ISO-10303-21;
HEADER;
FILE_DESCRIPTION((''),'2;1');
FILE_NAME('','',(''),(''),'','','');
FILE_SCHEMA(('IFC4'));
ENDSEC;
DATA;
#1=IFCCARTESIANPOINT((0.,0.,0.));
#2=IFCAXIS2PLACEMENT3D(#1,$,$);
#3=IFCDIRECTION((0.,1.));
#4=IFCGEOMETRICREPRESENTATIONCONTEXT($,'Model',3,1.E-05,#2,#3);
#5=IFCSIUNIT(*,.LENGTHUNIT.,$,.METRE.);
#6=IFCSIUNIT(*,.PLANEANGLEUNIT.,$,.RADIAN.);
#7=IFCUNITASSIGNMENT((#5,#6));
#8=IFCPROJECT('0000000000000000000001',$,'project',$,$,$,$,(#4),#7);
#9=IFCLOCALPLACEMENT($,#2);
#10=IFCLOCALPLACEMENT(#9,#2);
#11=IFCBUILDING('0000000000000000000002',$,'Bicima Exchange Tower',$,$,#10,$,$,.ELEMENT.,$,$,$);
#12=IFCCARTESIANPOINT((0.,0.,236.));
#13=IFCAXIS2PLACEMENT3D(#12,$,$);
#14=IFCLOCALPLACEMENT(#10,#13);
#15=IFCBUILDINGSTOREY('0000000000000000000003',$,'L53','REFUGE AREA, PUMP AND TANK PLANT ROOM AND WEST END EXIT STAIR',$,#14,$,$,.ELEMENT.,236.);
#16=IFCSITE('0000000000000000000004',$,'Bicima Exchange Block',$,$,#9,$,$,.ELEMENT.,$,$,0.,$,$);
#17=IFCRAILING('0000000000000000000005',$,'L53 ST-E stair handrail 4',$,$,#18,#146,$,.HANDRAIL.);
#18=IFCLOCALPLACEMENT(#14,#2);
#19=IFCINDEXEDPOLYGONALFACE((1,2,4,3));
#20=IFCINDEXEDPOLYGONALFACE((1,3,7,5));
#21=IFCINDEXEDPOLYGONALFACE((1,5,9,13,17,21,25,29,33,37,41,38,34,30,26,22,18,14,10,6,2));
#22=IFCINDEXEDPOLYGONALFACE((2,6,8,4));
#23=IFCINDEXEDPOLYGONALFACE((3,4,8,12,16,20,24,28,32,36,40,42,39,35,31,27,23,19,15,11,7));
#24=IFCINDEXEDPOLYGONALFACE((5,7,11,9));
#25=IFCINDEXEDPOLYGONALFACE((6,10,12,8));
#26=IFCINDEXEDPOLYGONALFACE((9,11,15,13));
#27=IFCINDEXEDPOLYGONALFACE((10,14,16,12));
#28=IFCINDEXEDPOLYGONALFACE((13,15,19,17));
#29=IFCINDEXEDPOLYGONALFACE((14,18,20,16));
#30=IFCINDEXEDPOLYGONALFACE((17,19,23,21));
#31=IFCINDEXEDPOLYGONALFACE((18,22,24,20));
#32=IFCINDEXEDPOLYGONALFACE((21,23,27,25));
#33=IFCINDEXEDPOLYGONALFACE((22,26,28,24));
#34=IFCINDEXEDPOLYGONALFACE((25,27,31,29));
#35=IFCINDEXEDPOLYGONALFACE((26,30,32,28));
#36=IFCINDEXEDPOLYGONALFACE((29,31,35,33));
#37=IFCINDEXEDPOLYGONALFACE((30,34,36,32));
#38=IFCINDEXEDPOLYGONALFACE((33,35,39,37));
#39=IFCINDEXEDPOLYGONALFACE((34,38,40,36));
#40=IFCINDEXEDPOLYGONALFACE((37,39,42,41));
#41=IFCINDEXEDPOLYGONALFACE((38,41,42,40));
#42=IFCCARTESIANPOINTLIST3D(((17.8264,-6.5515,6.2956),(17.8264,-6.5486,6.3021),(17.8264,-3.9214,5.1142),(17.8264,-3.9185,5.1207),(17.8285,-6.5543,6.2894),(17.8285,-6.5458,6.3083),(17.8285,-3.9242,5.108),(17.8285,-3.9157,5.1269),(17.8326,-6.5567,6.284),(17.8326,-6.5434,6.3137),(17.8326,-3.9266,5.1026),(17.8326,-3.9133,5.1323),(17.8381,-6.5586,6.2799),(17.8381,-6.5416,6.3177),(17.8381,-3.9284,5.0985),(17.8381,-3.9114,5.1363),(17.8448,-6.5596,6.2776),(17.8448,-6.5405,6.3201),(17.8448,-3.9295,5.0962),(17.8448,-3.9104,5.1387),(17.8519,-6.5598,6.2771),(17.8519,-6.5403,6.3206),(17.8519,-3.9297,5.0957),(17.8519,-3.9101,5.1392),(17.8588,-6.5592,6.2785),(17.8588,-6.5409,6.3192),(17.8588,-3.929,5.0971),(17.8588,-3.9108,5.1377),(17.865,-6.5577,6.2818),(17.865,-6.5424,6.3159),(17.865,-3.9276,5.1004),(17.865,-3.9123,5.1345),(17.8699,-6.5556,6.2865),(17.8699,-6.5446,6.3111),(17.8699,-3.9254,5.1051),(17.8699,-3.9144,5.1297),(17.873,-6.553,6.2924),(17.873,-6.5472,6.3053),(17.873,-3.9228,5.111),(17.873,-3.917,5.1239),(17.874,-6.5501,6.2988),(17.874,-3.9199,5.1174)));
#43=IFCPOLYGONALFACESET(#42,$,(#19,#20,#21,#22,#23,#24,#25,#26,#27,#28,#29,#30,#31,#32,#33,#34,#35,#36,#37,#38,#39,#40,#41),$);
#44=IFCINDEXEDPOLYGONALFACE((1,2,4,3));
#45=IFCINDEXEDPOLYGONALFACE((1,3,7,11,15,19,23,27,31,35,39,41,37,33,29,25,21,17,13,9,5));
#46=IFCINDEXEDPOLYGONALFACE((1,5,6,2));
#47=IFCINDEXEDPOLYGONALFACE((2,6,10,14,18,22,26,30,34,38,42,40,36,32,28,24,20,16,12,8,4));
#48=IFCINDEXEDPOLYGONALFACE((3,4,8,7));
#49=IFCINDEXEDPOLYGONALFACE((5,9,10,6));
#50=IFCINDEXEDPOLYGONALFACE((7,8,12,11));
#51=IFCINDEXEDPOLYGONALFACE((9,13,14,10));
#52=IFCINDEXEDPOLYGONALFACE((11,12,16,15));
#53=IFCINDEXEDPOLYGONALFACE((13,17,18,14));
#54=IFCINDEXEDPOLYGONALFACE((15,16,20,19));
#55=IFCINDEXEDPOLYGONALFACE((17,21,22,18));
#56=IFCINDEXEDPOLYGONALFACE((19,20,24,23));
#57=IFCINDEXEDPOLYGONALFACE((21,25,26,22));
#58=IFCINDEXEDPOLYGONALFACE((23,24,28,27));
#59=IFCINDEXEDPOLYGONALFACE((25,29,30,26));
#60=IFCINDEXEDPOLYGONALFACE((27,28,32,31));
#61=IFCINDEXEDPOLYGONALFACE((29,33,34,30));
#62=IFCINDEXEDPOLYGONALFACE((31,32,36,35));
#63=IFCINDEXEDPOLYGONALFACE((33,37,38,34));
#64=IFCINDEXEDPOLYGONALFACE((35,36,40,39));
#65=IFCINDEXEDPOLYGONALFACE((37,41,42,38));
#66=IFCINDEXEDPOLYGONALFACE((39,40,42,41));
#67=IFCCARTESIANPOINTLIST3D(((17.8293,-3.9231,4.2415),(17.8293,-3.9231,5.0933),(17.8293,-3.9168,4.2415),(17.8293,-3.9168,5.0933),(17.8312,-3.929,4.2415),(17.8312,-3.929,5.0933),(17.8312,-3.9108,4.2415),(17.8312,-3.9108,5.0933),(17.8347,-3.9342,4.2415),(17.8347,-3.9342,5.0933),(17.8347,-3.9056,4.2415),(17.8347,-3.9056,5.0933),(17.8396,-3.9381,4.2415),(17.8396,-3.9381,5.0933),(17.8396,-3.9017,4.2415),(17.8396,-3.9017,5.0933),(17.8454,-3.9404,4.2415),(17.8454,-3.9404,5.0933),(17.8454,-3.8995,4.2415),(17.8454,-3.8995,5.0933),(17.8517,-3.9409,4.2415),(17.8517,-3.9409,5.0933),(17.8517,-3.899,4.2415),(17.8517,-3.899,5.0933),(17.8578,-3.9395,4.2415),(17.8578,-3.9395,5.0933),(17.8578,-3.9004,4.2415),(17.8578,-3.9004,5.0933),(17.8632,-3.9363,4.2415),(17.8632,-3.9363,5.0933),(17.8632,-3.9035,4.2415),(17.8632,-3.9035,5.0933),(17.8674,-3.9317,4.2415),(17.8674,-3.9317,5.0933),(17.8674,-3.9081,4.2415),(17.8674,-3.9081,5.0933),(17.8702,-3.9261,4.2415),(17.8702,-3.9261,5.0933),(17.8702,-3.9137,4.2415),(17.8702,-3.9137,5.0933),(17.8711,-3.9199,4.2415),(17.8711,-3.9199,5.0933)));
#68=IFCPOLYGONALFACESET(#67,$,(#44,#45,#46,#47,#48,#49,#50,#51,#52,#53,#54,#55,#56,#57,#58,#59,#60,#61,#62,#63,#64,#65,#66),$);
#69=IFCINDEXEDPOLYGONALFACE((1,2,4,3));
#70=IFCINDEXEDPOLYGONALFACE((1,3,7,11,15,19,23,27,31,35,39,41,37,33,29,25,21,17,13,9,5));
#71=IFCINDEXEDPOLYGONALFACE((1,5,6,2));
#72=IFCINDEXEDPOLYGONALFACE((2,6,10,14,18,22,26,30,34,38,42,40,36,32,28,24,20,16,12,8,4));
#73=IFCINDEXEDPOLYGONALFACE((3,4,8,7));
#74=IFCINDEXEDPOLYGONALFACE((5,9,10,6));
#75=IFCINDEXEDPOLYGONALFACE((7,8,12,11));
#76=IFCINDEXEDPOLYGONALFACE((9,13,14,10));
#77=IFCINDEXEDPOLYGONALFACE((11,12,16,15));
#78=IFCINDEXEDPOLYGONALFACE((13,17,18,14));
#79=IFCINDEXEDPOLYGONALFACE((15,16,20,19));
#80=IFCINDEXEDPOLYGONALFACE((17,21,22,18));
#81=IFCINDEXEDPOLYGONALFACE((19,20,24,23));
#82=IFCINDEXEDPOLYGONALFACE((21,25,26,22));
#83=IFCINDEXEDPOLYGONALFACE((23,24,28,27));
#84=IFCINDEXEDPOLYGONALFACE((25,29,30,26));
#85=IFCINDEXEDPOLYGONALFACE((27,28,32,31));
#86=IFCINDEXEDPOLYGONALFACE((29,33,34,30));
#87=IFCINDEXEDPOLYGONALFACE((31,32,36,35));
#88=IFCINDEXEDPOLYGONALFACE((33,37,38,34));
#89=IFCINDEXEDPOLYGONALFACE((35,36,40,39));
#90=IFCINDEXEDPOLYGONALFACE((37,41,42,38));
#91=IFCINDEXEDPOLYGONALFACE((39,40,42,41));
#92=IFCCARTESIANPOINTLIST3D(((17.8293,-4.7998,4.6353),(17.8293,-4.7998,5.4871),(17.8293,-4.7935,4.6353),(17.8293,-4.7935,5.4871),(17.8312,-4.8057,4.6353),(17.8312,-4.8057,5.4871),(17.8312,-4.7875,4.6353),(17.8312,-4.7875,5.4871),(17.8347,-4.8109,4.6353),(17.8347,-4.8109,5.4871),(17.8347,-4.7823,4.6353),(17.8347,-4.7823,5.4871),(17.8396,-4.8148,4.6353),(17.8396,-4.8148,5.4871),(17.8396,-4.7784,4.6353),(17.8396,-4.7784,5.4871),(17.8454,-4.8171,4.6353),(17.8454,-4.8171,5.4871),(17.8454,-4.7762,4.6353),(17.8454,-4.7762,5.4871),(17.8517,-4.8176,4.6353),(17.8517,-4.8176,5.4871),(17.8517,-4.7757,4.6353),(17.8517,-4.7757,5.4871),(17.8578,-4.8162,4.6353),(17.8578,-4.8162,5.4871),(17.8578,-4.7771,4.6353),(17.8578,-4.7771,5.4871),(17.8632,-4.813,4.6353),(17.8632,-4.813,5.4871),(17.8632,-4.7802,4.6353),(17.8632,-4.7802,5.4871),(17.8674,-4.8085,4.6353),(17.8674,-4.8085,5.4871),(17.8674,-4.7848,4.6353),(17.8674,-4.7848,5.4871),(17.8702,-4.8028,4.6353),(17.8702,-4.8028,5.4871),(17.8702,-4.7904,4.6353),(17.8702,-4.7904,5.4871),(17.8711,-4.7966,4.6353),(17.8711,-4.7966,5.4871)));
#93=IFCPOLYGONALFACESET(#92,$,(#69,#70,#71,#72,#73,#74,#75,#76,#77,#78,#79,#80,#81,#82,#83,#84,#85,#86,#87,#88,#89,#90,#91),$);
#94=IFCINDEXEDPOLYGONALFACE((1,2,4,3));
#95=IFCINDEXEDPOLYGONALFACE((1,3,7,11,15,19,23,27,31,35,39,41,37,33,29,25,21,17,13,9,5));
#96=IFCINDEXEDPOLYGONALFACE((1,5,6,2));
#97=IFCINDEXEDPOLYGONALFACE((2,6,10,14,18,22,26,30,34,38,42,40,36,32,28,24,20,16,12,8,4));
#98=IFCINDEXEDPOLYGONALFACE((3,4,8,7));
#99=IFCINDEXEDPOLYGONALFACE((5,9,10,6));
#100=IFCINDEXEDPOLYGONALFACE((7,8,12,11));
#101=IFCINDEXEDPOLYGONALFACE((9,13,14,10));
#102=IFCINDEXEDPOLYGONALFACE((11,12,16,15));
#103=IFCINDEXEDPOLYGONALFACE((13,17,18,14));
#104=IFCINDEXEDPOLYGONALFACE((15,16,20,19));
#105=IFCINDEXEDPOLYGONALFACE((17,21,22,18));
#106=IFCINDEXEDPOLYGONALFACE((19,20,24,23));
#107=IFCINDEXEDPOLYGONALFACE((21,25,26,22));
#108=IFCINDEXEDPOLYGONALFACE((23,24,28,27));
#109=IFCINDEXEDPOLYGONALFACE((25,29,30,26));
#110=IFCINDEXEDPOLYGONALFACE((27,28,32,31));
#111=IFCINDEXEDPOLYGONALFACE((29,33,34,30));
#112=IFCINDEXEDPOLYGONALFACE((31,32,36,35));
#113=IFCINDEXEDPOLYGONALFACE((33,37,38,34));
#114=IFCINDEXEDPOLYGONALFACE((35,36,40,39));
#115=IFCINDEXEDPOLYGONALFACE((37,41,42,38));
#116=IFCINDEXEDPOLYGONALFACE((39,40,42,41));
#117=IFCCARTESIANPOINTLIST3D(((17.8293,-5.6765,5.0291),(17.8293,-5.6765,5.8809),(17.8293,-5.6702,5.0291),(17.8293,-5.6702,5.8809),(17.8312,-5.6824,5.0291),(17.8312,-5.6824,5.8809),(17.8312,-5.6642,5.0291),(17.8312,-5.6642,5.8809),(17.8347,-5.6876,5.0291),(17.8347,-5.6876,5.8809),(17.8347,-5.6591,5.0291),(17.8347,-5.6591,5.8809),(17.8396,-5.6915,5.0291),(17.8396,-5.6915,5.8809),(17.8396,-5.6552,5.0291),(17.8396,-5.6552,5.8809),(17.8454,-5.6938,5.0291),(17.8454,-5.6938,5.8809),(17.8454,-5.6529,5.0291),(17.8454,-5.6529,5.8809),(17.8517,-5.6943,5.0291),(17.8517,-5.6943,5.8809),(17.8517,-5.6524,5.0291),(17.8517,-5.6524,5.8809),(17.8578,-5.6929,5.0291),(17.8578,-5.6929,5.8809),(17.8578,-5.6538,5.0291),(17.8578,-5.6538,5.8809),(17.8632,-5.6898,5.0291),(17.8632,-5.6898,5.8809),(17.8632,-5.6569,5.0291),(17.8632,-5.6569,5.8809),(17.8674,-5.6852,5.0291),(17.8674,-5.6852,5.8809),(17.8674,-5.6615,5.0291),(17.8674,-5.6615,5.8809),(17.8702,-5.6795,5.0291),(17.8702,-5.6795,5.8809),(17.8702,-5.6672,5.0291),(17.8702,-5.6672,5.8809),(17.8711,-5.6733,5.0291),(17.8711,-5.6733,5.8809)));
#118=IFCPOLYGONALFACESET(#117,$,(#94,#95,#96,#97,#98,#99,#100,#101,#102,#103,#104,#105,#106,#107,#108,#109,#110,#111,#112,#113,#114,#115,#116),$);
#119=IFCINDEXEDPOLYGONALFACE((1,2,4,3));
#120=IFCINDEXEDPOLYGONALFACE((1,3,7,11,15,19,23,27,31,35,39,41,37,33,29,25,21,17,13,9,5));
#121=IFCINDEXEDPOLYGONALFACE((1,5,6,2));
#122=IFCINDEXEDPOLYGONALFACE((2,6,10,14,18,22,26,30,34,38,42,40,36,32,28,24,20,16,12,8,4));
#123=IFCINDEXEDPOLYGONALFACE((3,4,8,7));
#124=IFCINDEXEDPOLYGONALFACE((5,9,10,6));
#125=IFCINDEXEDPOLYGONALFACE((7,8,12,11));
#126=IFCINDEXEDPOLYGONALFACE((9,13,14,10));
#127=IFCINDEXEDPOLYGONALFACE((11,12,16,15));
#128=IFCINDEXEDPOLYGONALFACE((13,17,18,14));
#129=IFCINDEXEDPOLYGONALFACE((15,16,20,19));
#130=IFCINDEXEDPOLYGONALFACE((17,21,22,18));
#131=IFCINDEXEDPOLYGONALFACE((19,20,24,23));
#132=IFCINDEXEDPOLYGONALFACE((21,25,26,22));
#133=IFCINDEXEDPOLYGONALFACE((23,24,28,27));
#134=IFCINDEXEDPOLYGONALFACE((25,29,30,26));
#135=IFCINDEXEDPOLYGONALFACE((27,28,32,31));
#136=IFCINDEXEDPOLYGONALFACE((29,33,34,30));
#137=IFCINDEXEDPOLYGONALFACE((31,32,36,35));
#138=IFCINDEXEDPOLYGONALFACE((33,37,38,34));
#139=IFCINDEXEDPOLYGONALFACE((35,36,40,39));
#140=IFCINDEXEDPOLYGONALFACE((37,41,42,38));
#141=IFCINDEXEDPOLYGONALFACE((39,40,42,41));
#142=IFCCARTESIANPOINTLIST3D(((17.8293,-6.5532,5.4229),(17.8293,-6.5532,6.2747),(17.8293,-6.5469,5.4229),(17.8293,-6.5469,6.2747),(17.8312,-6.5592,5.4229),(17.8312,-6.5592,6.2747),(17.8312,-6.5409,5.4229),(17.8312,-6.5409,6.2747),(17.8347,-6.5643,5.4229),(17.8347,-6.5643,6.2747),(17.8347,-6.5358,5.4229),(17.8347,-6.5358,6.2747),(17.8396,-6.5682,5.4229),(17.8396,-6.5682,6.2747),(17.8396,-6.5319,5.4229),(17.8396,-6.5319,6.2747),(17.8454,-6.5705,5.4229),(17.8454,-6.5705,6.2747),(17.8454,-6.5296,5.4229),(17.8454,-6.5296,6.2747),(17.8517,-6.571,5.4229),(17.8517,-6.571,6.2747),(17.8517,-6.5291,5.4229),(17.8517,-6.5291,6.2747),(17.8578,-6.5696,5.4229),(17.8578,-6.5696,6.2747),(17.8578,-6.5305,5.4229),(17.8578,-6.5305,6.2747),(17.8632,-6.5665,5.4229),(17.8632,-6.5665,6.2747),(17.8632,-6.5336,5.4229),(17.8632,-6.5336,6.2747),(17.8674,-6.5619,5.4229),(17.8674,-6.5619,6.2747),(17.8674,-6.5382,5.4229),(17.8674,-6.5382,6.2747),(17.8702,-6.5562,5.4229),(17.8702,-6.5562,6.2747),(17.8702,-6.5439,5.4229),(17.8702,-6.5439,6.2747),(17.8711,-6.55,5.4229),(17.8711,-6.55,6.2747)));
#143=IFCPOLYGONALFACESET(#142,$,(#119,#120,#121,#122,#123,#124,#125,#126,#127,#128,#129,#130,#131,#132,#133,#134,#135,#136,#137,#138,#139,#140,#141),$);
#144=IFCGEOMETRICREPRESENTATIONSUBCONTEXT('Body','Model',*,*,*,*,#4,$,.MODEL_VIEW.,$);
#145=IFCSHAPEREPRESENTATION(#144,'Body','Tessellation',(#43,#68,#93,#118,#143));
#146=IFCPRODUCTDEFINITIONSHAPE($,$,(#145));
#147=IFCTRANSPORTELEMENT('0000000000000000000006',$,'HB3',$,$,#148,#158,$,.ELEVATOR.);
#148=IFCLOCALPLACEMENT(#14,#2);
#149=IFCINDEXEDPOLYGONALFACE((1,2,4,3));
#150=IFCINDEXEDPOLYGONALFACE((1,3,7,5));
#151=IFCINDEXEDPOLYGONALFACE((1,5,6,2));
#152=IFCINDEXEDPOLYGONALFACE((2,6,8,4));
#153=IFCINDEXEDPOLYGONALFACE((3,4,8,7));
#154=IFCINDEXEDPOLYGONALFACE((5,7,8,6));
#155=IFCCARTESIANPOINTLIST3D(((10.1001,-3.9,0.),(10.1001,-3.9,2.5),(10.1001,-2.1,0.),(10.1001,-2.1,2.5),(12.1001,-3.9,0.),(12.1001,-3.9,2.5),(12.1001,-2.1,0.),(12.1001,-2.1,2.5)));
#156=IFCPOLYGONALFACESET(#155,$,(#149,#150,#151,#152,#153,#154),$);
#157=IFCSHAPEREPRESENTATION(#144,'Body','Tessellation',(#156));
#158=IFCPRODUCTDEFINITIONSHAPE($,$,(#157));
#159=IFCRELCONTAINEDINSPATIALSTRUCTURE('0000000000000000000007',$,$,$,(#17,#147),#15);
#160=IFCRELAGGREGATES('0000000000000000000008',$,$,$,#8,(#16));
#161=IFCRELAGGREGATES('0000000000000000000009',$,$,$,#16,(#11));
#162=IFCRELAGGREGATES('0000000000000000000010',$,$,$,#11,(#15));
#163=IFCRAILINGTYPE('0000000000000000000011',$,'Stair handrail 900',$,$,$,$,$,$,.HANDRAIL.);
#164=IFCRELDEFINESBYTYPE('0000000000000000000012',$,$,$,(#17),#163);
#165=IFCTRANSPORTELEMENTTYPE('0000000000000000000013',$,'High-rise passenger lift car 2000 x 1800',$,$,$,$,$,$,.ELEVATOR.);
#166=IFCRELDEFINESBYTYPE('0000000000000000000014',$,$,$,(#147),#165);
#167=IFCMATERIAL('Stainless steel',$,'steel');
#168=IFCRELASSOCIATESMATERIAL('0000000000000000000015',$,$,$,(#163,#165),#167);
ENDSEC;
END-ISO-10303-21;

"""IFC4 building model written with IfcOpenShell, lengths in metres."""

from ifc_helpers import new_model, si_unit, direction, frame, origin, origin_2d, place, context, subcontext, project, spatial, rectangle, circle, extrude, material, type_object, element, save


model = new_model("IFC4")

# Units and contexts
model_context = context("Model", 3, precision=1e-05, world=origin(), true_north=direction((0.0, 1.0)))
body_context = subcontext(model_context, "Body", "Model", "MODEL_VIEW")
ifc_project = project(units=[si_unit("LENGTHUNIT", "METRE"), si_unit("PLANEANGLEUNIT", "RADIAN")], contexts=[model_context])

# Site, building, storey
site_placement = place(None, origin())
site = spatial("IfcSite", under=ifc_project, at=site_placement, Name="Bicima Exchange Block", CompositionType="ELEMENT", RefElevation=0.0)
building_placement = place(site_placement, origin())
building = spatial("IfcBuilding", under=site, at=building_placement, Name="Bicima Exchange Tower", CompositionType="ELEMENT")
storey_placement = place(building_placement, frame((0.0, 0.0, 236.0)))
storey = spatial("IfcBuildingStorey", under=building, at=storey_placement, Name="L53", Description="REFUGE AREA, PUMP AND TANK PLANT ROOM AND WEST END EXIT STAIR", CompositionType="ELEMENT", Elevation=236.0)

# Railing
ifc_material_1 = material(Name="Stainless steel", Category="steel")
railing_type_1 = type_object("IfcRailingType", Name="Stair handrail 900", PredefinedType="HANDRAIL", material=ifc_material_1)
railing_1_placement = place(storey_placement, frame((17.8501, -3.9199, 4.2415)))
element("IfcRailing", 1, at=railing_1_placement, inside=storey, type_object=railing_type_1, Name="L53 ST-E stair handrail 4", PredefinedType="HANDRAIL", context=body_context, shape_type="SweptSolid", body=[
    extrude(circle(Radius=0.0239, at=origin_2d()), frame((0.0, 0.0, 0.876), z_axis=(0.0, -0.912202, 0.409741), x_axis=(1.0, 0.0, 0.0)), (0.0, 0.0, 1.0), 2.8833),
    extrude(circle(Radius=0.021, at=origin_2d()), origin(), (0.0, 0.0, 1.0), 0.8518),
    extrude(circle(Radius=0.021, at=origin_2d()), frame((0.0, -0.8767, 0.3938)), (0.0, 0.0, 1.0), 0.8518),
    extrude(circle(Radius=0.021, at=origin_2d()), frame((0.0, -1.7534, 0.7876)), (0.0, 0.0, 1.0), 0.8518),
    extrude(circle(Radius=0.021, at=origin_2d()), frame((0.0, -2.6301, 1.1814)), (0.0, 0.0, 1.0), 0.8518),
])

# Transport element
transport_element_type = type_object("IfcTransportElementType", Name="High-rise passenger lift car 2000 x 1800", PredefinedType="ELEVATOR", material=ifc_material_1)
transport_element_placement = place(storey_placement, frame((11.1001, -3.0, 0.0), z_axis=(0.0, 0.0, 1.0), x_axis=(1.0, 0.0, 0.0)))
element("IfcTransportElement", 2, at=transport_element_placement, inside=storey, type_object=transport_element_type, Name="HB3", PredefinedType="ELEVATOR", context=body_context, shape_type="SweptSolid", body=[
    extrude(rectangle(XDim=2.0, YDim=1.8, at=origin_2d()), origin(), (0.0, 0.0, 1.0), 2.5),
])

save(model, "model.ifc")
